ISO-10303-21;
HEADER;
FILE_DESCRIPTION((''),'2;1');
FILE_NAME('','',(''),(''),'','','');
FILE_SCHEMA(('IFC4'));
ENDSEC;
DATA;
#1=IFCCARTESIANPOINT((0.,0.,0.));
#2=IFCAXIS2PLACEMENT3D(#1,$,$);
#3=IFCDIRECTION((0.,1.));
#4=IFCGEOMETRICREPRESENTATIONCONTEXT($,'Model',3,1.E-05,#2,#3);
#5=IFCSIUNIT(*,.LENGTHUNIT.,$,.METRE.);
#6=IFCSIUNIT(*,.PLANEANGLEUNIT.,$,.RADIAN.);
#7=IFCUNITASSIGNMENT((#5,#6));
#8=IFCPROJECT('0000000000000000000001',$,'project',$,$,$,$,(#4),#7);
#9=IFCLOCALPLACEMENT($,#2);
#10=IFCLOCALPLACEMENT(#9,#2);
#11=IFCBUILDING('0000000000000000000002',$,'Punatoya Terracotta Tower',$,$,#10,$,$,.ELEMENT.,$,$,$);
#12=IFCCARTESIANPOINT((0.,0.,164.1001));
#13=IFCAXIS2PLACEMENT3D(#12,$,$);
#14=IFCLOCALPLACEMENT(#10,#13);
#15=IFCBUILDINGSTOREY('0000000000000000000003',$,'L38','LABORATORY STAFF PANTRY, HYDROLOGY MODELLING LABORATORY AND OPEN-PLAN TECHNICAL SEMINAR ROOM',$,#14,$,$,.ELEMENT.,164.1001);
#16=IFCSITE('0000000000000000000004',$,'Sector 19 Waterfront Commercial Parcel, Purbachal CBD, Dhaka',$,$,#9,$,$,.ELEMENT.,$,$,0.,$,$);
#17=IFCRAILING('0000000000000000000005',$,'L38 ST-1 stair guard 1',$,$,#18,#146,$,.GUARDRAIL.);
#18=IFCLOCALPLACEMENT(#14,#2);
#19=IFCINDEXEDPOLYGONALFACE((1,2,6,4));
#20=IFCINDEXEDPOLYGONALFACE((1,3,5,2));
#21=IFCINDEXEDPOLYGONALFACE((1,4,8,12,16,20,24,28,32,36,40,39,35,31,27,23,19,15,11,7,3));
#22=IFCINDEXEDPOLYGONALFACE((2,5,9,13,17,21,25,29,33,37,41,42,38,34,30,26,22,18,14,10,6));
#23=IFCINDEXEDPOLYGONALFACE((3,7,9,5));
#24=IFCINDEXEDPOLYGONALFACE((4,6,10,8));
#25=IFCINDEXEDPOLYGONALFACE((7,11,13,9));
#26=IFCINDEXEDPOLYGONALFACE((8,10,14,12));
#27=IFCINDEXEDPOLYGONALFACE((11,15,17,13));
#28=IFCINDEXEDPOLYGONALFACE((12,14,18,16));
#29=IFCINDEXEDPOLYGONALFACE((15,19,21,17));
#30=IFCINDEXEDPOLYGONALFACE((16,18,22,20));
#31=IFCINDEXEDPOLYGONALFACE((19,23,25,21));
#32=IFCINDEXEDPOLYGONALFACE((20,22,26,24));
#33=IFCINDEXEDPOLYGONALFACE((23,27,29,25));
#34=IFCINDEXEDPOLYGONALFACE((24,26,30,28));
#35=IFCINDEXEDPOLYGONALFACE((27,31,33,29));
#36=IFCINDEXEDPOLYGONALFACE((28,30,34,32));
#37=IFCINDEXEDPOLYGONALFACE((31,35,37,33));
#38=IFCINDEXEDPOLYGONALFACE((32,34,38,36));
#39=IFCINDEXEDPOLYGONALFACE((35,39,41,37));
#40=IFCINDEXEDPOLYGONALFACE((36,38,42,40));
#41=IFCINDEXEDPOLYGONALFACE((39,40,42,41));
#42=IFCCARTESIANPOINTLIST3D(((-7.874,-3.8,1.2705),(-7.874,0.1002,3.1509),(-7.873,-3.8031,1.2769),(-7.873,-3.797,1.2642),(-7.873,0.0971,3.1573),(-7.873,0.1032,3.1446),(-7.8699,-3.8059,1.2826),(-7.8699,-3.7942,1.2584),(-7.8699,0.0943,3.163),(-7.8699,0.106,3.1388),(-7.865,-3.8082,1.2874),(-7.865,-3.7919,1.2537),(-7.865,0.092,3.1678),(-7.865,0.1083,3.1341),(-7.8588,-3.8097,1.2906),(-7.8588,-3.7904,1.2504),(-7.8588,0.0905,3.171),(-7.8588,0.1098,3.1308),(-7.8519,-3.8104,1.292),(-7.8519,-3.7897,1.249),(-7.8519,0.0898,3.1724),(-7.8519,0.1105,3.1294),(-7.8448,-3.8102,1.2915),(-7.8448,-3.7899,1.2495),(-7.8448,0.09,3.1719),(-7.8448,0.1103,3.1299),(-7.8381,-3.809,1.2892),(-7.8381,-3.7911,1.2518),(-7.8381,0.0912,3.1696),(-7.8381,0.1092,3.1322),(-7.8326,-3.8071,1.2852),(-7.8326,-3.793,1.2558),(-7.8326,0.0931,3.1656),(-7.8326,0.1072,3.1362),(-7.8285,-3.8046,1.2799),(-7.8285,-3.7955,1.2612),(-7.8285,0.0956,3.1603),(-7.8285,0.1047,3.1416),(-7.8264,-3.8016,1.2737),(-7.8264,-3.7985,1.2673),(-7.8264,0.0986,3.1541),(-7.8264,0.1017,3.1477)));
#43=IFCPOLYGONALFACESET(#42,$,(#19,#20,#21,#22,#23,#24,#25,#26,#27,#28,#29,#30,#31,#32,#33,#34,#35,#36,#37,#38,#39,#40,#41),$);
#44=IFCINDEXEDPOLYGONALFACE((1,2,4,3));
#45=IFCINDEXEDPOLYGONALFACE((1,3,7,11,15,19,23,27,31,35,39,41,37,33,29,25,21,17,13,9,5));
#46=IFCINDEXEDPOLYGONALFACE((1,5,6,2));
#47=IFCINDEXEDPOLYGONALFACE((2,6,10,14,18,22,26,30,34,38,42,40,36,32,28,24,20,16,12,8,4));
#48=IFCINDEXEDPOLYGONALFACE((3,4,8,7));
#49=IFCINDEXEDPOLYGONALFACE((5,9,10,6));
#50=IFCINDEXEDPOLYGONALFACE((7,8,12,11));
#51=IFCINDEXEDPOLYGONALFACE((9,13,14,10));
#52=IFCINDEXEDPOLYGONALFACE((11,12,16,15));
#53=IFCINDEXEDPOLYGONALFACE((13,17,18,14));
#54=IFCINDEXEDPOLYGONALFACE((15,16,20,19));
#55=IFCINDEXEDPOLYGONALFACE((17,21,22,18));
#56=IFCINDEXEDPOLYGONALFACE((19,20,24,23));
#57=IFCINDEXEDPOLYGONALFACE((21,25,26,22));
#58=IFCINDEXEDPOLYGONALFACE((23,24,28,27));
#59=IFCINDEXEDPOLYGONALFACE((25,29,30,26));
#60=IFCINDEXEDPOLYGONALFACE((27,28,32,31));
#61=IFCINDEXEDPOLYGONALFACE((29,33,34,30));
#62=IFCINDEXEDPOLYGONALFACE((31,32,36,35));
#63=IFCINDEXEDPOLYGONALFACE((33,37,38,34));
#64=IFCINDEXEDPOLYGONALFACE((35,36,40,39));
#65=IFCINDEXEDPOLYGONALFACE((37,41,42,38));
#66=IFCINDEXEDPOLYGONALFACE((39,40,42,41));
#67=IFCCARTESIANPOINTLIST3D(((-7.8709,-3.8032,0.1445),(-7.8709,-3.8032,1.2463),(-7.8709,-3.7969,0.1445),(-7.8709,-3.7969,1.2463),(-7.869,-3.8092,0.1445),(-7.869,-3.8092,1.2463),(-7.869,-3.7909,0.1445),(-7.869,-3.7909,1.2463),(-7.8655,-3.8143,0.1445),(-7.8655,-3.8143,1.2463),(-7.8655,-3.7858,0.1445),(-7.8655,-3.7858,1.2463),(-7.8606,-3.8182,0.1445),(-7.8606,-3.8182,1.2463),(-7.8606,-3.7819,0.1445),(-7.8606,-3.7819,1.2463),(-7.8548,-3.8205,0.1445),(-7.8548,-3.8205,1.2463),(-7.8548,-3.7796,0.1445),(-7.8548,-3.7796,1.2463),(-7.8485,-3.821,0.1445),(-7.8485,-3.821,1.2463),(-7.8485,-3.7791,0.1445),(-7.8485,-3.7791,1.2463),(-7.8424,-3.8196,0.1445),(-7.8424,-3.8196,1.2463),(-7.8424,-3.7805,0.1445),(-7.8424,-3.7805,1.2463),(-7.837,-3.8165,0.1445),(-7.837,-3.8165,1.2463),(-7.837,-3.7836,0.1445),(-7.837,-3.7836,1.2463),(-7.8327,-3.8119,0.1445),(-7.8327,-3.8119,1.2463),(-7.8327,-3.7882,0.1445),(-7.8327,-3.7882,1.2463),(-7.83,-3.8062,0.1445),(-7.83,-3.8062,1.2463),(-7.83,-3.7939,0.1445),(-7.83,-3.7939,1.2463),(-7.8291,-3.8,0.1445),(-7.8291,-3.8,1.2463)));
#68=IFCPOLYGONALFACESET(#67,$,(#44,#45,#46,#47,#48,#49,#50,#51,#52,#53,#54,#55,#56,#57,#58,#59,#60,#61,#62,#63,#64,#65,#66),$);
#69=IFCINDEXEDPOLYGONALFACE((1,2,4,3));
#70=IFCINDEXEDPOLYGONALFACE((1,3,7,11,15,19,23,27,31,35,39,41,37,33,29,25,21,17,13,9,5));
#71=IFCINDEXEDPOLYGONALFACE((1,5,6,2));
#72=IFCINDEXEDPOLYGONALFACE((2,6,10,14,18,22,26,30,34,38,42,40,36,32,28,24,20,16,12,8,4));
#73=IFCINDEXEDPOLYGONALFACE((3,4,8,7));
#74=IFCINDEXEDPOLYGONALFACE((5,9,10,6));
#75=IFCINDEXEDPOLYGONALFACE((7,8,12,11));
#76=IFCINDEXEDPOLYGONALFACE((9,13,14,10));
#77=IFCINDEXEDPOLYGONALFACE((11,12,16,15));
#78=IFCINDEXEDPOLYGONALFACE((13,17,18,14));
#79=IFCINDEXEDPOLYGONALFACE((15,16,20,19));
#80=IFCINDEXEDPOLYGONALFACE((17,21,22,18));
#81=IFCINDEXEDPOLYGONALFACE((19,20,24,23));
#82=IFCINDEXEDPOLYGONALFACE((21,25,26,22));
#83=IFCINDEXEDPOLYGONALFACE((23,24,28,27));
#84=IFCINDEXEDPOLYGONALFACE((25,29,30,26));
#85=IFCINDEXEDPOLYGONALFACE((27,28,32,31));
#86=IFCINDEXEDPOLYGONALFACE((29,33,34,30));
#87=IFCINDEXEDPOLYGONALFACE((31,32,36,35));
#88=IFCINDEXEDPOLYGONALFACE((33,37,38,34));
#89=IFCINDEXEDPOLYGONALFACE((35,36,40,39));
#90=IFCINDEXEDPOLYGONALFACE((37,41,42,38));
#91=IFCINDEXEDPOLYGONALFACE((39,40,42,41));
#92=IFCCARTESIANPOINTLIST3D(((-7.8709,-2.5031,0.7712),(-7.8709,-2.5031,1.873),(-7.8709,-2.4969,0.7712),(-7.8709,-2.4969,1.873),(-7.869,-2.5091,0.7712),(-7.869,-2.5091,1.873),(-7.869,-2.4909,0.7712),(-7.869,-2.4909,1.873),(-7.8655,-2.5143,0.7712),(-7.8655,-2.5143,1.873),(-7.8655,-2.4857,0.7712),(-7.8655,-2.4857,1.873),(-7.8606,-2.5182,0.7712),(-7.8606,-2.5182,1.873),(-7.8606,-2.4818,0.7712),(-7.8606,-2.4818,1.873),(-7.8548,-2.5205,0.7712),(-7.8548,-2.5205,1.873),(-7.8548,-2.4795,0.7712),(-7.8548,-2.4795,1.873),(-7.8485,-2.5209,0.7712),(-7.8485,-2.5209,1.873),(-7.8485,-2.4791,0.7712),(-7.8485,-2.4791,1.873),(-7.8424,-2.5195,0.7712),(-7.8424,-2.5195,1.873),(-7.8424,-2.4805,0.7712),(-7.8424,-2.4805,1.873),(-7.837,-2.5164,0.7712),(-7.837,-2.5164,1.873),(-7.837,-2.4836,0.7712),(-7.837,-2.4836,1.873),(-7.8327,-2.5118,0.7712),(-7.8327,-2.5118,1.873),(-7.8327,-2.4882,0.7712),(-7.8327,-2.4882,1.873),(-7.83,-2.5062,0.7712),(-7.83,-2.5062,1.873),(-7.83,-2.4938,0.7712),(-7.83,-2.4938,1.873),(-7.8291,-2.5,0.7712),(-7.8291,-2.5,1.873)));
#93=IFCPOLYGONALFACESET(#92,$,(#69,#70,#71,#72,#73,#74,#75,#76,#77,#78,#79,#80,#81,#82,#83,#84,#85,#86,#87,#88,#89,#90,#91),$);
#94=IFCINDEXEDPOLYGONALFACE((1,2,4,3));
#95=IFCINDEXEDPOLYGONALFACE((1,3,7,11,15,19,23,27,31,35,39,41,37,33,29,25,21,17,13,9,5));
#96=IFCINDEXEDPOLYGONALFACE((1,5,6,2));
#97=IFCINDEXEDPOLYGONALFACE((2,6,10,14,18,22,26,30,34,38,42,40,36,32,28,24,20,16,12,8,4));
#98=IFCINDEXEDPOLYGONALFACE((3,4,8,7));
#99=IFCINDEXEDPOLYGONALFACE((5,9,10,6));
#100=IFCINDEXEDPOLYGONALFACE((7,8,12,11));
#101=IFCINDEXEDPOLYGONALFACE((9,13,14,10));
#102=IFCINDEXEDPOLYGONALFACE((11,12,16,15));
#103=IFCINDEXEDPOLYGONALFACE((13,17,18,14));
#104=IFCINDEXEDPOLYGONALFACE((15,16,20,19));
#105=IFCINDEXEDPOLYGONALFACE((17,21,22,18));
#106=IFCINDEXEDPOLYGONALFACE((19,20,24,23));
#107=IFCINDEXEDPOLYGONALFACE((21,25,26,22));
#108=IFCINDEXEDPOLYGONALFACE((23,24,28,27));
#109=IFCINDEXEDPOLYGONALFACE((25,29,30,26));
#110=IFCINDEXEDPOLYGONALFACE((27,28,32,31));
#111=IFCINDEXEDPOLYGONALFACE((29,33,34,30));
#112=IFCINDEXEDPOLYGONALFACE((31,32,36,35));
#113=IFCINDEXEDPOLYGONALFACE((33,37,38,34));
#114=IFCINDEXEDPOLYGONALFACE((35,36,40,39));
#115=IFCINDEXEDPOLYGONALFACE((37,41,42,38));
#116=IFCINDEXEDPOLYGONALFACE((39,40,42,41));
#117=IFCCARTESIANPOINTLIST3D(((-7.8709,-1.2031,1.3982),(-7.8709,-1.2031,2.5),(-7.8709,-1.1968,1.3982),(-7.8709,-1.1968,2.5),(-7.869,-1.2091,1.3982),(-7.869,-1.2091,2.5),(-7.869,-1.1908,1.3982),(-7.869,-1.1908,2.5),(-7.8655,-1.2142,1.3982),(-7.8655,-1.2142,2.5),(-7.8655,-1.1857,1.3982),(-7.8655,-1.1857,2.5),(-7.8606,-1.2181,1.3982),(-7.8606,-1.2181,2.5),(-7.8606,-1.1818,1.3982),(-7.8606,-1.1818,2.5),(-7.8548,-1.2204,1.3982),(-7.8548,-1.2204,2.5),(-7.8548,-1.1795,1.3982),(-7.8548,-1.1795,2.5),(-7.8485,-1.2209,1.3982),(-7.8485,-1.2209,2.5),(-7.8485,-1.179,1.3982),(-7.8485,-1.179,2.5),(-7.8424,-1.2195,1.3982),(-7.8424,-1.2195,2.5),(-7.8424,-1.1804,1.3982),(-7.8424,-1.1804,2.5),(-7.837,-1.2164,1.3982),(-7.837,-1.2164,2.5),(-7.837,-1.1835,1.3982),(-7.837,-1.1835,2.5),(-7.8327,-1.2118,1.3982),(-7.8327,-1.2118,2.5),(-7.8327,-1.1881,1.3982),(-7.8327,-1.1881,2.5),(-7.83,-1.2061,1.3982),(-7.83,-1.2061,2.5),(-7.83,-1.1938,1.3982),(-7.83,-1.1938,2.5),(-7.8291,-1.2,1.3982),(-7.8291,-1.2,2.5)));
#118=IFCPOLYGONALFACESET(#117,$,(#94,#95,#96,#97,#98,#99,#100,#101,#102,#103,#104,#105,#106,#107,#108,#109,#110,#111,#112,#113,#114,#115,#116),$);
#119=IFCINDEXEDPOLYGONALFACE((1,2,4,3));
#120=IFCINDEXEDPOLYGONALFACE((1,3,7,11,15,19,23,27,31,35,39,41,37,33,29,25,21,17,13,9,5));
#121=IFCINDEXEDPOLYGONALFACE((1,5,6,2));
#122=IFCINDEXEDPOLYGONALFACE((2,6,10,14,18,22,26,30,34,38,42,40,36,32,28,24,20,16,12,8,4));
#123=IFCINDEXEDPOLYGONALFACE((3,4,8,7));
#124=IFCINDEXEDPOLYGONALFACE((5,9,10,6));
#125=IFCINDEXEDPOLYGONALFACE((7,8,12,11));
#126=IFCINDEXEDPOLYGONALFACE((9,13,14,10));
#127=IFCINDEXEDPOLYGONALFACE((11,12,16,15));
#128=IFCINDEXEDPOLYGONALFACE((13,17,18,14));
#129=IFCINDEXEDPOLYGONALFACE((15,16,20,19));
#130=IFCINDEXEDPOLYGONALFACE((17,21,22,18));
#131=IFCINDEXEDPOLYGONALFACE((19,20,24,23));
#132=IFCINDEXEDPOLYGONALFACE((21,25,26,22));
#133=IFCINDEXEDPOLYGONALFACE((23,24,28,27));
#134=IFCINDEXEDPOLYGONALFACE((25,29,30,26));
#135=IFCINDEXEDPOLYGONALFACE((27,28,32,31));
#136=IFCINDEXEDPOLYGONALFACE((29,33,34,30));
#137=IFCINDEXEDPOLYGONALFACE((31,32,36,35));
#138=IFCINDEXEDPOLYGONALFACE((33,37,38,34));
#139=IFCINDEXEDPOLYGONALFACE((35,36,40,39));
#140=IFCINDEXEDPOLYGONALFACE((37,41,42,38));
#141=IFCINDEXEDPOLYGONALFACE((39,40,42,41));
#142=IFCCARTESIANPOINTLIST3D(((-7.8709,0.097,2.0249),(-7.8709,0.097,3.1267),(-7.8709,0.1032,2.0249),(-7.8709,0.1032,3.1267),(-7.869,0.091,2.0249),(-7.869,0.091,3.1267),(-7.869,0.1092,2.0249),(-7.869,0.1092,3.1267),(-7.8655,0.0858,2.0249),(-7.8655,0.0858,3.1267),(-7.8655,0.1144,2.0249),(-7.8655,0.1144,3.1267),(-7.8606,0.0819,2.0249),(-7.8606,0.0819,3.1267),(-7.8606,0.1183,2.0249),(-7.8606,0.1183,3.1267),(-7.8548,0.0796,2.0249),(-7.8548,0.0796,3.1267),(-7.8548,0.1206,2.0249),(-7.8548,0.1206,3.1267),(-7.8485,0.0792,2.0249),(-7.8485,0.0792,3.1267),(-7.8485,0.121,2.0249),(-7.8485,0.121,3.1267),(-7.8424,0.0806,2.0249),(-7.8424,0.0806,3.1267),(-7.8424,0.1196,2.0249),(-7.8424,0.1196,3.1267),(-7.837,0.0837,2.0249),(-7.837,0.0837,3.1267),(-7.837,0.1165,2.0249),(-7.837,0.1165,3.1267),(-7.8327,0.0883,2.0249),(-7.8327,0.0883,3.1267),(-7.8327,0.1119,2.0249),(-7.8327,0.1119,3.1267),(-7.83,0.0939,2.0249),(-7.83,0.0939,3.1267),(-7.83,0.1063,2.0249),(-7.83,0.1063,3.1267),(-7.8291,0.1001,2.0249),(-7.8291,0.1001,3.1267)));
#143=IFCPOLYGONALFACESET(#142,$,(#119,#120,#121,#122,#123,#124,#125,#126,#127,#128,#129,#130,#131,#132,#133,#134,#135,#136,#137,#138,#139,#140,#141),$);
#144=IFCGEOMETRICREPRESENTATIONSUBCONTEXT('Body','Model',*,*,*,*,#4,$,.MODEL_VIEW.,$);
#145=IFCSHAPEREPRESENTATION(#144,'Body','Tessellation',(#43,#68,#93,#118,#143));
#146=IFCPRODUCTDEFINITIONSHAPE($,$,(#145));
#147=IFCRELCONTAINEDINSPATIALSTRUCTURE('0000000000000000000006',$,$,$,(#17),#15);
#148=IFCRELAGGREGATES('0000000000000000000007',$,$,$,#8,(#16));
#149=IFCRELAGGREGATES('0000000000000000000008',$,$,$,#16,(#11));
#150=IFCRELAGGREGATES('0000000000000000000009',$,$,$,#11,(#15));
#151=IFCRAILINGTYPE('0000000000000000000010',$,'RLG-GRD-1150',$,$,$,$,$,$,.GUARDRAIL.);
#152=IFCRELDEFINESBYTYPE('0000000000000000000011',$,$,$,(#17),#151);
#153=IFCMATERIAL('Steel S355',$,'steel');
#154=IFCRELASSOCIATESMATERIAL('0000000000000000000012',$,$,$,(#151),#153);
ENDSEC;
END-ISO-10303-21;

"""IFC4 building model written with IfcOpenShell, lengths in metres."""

from ifc_helpers import new_model, si_unit, direction, frame, origin, origin_2d, place, context, subcontext, project, spatial, circle, extrude, material, type_object, element, save


model = new_model("IFC4")

# Units and contexts
model_context = context("Model", 3, precision=1e-05, world=origin(), true_north=direction((0.0, 1.0)))
body_context = subcontext(model_context, "Body", "Model", "MODEL_VIEW")
ifc_project = project(units=[si_unit("LENGTHUNIT", "METRE"), si_unit("PLANEANGLEUNIT", "RADIAN")], contexts=[model_context])

# Site, building, storey
site_placement = place(None, origin())
site = spatial("IfcSite", under=ifc_project, at=site_placement, Name="Sector 19 Waterfront Commercial Parcel, Purbachal CBD, Dhaka", CompositionType="ELEMENT", RefElevation=0.0)
building_placement = place(site_placement, origin())
building = spatial("IfcBuilding", under=site, at=building_placement, Name="Punatoya Terracotta Tower", CompositionType="ELEMENT")
storey_placement = place(building_placement, frame((0.0, 0.0, 164.1001)))
storey = spatial("IfcBuildingStorey", under=building, at=storey_placement, Name="L38", Description="LABORATORY STAFF PANTRY, HYDROLOGY MODELLING LABORATORY AND OPEN-PLAN TECHNICAL SEMINAR ROOM", CompositionType="ELEMENT", Elevation=164.1001)

# Shared definitions
ifc_material_1 = material(Name="Steel S355", Category="steel")

# Railing
railing_type_1 = type_object("IfcRailingType", Name="RLG-GRD-1150", PredefinedType="GUARDRAIL", material=ifc_material_1)
railing_1_placement = place(storey_placement, frame((-7.8501, -3.8, 0.1445)))
element("IfcRailing", 1, at=railing_1_placement, inside=storey, type_object=railing_type_1, Name="L38 ST-1 stair guard 1", PredefinedType="GUARDRAIL", context=body_context, shape_type="SweptSolid", body=[
    extrude(circle(Radius=0.0239, at=origin_2d()), frame((0.0, 0.0, 1.126), z_axis=(0.0, 0.900774, 0.434289), x_axis=(-1.0, 0.0, 0.0)), (0.0, 0.0, 1.0), 4.3298),
    extrude(circle(Radius=0.021, at=origin_2d()), origin(), (0.0, 0.0, 1.0), 1.1018),
    extrude(circle(Radius=0.021, at=origin_2d()), frame((0.0, 1.3, 0.6267)), (0.0, 0.0, 1.0), 1.1018),
    extrude(circle(Radius=0.021, at=origin_2d()), frame((0.0, 2.6001, 1.2537)), (0.0, 0.0, 1.0), 1.1018),
    extrude(circle(Radius=0.021, at=origin_2d()), frame((0.0, 3.9001, 1.8804)), (0.0, 0.0, 1.0), 1.1018),
])

save(model, "model.ifc")
